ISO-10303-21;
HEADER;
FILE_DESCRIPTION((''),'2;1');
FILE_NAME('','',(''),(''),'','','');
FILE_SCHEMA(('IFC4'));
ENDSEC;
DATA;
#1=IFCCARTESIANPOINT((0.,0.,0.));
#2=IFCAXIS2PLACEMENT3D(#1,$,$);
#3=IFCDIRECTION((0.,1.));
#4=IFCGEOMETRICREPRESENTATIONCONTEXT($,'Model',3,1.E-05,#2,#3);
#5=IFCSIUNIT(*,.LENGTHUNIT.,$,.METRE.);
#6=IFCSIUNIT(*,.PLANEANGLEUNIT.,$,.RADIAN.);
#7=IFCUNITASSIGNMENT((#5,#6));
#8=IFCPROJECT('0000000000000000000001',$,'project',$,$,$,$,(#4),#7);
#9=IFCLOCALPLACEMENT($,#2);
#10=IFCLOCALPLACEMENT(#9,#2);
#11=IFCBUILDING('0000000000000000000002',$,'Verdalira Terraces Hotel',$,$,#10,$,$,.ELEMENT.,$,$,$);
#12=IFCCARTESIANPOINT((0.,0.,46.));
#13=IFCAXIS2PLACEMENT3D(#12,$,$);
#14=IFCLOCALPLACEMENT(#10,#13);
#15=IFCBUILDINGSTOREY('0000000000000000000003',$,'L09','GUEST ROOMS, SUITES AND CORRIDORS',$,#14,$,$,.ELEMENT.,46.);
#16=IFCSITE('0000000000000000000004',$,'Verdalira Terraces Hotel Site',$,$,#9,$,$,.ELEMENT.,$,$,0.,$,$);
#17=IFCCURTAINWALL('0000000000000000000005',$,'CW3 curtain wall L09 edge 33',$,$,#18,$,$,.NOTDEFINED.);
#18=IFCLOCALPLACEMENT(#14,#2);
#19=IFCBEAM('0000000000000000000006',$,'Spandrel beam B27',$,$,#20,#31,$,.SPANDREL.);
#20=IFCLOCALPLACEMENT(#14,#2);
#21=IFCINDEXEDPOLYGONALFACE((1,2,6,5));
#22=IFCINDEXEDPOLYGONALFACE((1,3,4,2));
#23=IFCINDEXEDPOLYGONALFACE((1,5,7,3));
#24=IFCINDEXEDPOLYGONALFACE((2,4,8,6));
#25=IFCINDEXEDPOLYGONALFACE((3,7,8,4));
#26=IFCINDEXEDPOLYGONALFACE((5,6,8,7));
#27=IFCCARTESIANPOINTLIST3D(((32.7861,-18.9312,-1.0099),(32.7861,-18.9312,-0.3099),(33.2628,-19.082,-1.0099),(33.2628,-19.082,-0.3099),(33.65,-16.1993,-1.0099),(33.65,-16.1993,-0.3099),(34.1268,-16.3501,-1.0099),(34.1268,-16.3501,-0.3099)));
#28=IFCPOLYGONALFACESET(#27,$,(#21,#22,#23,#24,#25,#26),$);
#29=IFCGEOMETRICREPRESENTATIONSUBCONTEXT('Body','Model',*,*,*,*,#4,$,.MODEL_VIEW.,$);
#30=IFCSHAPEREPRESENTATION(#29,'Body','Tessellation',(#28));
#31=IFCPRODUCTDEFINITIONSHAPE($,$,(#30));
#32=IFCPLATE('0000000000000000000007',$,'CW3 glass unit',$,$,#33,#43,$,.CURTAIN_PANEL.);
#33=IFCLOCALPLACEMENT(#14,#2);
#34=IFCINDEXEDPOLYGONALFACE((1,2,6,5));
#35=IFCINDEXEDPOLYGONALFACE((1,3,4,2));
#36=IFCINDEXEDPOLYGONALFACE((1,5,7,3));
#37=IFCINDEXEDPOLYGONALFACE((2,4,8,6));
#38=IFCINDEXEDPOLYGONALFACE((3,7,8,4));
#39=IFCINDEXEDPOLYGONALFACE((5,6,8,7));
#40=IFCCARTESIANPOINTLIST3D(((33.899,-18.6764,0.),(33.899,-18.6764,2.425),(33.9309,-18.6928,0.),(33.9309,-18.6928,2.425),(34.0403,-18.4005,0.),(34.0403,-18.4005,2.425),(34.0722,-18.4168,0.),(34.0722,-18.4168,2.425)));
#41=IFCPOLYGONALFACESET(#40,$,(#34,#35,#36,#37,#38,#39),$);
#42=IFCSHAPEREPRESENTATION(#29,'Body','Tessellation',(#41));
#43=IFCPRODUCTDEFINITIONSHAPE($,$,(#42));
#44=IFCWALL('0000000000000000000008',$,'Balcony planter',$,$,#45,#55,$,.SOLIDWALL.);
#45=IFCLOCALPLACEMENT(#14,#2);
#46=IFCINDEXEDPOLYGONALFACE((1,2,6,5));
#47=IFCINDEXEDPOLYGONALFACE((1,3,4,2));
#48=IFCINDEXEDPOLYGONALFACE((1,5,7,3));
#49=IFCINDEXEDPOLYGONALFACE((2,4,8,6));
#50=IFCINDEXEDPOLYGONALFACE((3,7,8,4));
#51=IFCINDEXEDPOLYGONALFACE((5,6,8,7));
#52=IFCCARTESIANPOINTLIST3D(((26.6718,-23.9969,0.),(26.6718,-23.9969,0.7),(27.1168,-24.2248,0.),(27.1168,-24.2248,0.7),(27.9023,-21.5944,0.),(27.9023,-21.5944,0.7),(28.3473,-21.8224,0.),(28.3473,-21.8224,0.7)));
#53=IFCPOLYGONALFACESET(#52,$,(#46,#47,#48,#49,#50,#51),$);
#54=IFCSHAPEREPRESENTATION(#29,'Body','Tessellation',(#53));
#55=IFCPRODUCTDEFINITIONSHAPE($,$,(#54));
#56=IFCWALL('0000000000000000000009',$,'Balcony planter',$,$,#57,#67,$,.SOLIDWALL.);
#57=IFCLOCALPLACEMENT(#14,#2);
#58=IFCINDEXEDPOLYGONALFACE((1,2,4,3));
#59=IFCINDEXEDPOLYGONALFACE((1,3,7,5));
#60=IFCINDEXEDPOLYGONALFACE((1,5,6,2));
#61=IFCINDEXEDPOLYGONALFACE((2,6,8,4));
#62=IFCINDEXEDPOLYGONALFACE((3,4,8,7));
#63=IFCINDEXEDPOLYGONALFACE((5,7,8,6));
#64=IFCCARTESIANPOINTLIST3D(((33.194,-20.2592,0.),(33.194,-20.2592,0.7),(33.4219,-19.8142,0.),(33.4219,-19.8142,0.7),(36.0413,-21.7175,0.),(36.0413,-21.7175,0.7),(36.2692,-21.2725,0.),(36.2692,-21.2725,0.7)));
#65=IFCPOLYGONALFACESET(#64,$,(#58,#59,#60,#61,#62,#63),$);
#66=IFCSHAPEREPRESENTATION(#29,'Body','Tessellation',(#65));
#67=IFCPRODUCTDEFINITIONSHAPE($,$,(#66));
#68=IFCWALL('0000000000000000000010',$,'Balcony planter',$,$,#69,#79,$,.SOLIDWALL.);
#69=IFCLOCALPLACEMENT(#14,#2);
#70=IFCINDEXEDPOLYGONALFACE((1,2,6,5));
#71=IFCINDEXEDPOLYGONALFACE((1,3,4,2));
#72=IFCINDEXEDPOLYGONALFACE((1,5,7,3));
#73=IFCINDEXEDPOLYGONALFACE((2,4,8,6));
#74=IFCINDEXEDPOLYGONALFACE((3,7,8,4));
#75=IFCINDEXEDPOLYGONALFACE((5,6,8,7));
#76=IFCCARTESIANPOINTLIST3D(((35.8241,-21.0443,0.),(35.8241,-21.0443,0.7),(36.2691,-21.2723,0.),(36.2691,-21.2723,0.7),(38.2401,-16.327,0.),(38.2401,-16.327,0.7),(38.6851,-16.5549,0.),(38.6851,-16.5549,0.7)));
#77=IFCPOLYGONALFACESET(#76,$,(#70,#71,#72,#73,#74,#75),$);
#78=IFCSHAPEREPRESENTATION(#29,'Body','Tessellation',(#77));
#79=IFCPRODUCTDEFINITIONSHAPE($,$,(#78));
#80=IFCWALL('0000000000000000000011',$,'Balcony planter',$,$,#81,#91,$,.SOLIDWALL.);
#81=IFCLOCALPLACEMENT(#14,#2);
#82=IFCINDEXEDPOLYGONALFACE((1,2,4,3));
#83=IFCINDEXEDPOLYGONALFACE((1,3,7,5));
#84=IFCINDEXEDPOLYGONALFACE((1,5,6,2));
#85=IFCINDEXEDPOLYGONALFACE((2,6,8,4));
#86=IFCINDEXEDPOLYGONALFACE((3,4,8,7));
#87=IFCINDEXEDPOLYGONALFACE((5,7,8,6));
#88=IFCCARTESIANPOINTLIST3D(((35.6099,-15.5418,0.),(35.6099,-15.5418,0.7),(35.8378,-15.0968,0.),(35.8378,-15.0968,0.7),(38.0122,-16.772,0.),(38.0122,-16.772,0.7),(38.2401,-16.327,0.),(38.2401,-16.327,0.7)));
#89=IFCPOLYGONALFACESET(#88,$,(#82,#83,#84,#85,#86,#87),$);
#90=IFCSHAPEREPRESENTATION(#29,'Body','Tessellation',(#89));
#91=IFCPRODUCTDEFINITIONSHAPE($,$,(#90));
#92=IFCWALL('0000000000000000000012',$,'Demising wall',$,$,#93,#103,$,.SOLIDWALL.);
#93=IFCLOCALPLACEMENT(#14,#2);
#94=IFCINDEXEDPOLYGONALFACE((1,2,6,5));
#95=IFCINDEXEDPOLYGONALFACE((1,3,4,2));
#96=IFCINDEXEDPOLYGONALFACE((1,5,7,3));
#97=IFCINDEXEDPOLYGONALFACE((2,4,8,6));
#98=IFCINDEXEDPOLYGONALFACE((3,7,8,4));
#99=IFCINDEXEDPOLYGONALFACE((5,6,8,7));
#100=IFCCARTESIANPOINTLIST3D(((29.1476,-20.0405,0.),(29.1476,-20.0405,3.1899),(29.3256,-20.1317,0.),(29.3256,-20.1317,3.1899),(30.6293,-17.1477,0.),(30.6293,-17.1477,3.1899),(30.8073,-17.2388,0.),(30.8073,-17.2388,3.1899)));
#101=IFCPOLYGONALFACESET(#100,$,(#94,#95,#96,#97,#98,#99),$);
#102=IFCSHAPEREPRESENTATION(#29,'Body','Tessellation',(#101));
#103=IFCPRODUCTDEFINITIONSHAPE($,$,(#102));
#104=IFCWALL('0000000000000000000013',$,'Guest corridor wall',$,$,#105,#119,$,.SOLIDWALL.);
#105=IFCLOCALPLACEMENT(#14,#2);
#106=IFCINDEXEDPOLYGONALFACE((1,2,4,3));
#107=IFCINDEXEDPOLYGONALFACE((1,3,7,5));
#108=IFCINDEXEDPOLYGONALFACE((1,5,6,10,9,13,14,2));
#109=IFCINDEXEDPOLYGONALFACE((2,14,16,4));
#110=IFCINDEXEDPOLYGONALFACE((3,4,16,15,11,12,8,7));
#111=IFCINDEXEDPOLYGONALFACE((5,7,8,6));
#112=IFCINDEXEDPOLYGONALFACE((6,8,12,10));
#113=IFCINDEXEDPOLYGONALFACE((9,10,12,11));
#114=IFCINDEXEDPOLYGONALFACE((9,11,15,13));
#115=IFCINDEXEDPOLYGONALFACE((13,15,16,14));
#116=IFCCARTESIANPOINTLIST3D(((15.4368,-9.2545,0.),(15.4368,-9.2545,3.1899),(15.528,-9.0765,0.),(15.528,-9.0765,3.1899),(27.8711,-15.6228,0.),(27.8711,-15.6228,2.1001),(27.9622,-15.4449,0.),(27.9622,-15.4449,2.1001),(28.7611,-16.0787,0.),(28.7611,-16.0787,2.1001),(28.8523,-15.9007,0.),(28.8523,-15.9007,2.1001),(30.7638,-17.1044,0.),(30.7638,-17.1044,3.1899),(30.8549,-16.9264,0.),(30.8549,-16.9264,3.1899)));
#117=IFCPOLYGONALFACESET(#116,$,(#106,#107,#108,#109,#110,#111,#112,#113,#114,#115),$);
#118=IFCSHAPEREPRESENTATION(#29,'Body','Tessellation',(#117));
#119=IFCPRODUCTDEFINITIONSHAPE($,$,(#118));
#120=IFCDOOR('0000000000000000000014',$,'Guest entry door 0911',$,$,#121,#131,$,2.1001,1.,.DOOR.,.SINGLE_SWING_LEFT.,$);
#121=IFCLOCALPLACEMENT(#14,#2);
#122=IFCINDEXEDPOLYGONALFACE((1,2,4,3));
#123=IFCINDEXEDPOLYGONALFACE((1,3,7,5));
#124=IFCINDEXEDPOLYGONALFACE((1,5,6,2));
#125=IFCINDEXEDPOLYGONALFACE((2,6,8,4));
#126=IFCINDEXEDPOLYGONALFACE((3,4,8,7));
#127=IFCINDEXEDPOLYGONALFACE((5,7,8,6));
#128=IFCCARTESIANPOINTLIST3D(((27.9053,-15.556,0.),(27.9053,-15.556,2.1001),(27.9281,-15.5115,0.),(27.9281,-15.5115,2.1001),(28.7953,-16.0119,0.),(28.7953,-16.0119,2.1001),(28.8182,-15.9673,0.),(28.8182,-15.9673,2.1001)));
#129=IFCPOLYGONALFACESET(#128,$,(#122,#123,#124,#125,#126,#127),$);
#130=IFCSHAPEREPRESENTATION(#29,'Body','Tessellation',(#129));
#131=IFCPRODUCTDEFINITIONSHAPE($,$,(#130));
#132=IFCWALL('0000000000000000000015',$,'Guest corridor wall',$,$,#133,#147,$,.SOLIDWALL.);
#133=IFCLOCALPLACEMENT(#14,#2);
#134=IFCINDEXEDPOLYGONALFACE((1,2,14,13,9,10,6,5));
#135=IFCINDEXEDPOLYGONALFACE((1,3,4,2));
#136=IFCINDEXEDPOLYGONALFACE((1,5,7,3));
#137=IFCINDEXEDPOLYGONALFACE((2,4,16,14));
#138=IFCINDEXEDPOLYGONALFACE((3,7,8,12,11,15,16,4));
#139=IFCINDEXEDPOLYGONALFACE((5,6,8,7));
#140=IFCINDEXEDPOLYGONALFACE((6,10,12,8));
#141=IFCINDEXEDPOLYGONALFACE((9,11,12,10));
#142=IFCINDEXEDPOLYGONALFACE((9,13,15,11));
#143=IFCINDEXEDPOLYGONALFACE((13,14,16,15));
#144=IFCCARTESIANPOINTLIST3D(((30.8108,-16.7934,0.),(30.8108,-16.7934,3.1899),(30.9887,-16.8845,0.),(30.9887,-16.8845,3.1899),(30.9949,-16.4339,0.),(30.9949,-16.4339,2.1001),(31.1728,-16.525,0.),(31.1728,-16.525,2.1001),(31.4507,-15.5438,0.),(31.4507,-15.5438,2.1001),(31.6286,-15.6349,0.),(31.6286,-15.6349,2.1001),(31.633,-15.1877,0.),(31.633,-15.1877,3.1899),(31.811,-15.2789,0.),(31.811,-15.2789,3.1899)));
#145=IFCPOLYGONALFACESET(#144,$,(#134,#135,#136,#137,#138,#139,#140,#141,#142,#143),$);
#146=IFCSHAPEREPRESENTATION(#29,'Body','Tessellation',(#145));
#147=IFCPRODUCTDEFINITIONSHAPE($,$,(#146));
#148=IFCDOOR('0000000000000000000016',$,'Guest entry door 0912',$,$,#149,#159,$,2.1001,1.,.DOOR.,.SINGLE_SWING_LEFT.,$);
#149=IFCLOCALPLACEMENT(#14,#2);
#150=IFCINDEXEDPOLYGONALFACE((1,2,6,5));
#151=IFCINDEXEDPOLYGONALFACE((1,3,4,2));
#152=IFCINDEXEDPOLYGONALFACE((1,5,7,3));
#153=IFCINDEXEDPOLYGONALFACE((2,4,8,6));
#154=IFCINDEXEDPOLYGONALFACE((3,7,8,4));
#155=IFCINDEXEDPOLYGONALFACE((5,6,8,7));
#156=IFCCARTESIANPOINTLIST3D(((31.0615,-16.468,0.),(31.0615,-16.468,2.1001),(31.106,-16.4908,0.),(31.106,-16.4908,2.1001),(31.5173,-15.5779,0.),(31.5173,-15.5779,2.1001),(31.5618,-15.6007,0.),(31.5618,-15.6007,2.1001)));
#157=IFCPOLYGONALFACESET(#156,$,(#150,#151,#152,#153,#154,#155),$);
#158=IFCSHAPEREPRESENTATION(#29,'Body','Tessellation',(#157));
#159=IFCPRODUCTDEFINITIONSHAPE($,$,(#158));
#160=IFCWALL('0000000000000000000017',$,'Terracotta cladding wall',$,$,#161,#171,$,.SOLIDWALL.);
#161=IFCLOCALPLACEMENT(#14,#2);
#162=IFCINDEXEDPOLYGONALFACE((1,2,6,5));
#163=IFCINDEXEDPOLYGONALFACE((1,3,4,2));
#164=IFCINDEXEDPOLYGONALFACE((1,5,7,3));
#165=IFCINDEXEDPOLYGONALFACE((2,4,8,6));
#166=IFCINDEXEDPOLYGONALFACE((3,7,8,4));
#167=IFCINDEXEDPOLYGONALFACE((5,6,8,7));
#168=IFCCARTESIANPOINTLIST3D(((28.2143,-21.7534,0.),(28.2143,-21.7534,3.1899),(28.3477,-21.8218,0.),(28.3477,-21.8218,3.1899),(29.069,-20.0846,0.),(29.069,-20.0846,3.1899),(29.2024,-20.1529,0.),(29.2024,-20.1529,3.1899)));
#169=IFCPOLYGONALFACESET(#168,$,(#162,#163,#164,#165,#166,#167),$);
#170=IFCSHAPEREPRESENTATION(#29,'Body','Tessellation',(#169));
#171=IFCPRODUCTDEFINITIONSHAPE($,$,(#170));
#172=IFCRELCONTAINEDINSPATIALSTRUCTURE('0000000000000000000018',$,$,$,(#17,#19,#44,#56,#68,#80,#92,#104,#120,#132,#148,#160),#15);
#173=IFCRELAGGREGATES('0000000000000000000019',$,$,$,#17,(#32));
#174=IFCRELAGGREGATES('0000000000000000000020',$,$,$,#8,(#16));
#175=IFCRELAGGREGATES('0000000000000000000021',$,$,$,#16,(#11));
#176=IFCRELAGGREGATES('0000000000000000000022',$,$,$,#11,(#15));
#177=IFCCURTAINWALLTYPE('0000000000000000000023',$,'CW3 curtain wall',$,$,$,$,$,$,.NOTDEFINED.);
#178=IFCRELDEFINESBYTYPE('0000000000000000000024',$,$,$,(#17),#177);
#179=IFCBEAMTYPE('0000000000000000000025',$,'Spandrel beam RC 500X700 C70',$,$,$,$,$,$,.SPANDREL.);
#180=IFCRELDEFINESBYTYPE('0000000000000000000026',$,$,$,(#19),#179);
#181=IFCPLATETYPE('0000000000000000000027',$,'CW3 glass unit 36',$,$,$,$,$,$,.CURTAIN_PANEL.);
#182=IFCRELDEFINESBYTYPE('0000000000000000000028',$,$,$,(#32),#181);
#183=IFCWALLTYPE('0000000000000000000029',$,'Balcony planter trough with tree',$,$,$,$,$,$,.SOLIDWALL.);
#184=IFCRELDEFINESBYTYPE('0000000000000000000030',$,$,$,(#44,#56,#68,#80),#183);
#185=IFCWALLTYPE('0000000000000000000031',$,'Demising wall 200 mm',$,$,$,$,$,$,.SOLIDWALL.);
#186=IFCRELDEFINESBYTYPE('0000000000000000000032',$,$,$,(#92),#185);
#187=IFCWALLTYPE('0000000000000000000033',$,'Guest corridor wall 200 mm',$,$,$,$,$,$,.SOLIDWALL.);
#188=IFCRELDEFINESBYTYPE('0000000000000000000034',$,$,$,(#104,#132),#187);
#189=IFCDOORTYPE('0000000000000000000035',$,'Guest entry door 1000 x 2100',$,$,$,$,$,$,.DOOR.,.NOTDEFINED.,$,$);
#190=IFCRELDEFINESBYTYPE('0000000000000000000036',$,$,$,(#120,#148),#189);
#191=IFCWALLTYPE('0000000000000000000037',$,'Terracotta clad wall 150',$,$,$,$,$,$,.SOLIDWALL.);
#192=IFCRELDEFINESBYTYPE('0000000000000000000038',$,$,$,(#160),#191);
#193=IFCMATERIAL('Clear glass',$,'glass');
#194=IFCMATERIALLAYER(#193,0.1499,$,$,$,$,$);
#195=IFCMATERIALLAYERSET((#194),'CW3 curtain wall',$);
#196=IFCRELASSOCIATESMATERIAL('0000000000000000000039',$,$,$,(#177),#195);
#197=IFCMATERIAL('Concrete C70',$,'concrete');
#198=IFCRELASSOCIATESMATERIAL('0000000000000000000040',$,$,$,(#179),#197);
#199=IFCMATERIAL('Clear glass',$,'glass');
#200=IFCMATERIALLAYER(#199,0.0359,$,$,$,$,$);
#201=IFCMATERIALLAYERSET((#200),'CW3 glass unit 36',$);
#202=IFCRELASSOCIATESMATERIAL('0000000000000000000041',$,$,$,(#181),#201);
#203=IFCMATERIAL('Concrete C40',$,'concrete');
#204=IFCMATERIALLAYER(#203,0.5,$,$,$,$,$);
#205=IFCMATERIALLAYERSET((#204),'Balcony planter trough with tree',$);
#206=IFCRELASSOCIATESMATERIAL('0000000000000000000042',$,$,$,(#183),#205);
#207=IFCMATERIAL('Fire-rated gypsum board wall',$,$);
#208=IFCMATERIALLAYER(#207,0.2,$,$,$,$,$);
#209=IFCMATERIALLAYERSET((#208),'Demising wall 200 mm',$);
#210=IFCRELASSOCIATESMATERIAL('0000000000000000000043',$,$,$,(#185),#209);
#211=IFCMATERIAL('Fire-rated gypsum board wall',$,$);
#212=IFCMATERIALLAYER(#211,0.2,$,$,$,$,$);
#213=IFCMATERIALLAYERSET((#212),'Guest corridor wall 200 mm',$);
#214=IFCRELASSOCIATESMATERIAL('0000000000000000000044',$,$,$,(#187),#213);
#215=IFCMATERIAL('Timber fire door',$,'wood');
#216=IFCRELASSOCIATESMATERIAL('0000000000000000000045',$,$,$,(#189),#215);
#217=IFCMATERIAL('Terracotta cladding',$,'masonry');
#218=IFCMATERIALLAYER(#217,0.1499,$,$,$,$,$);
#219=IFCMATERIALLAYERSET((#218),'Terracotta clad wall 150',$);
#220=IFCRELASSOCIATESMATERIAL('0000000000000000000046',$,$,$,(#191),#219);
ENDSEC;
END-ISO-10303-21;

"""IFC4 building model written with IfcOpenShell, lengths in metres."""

from ifc_helpers import new_model, si_unit, direction, frame, frame_2d, origin, origin_2d, place, context, subcontext, project, spatial, rectangle, extrude, material, layer, layer_set, material_profile, profile_set, type_object, element, fill, aggregate, save


model = new_model("IFC4")

# Units and contexts
model_context = context("Model", 3, precision=1e-05, world=origin(), true_north=direction((0.0, 1.0)))
body_context = subcontext(model_context, "Body", "Model", "MODEL_VIEW")
ifc_project = project(units=[si_unit("LENGTHUNIT", "METRE"), si_unit("PLANEANGLEUNIT", "RADIAN")], contexts=[model_context])

# Site, building, storey
site_placement = place(None, origin())
site = spatial("IfcSite", under=ifc_project, at=site_placement, Name="Verdalira Terraces Hotel Site", CompositionType="ELEMENT", RefElevation=0.0)
building_placement = place(site_placement, origin())
building = spatial("IfcBuilding", under=site, at=building_placement, Name="Verdalira Terraces Hotel", CompositionType="ELEMENT")
storey_placement = place(building_placement, frame((0.0, 0.0, 46.0)))
storey = spatial("IfcBuildingStorey", under=building, at=storey_placement, Name="L09", Description="GUEST ROOMS, SUITES AND CORRIDORS", CompositionType="ELEMENT", Elevation=46.0)

# Curtain wall
ifc_material_1 = material(Name="Clear glass", Category="glass")
ifc_layer_1 = layer(ifc_material_1, 0.1499)
ifc_layer_set_1 = layer_set([ifc_layer_1], Name="CW3 curtain wall")
curtain_wall_type_1 = type_object("IfcCurtainWallType", Name="CW3 curtain wall", PredefinedType="NOTDEFINED", material=ifc_layer_set_1)
curtain_wall_1_placement = place(storey_placement, origin())
curtain_wall_1 = element("IfcCurtainWall", 1, at=curtain_wall_1_placement, inside=storey, type_object=curtain_wall_type_1, Name="CW3 curtain wall L09 edge 33", PredefinedType="NOTDEFINED")

# Beam
ifc_material_2 = material(Name="Concrete C70", Category="concrete")
ifc_material_profile_1 = material_profile(ifc_material_2, rectangle(XDim=0.5, YDim=0.7, at=origin_2d()), Name="RC 500X700")
ifc_profile_set_1 = profile_set([ifc_material_profile_1], Name="Concrete C70")
beam_type_1 = type_object("IfcBeamType", Name="Spandrel beam RC 500X700 C70", PredefinedType="SPANDREL", material=ifc_profile_set_1)
beam_1_placement = place(storey_placement, frame((33.0244, -19.0066, -0.6599), z_axis=(0.301543, 0.953453, 0.0), x_axis=(-0.953453, 0.301543, 0.0)))
element("IfcBeam", 2, at=beam_1_placement, inside=storey, type_object=beam_type_1, Name="Spandrel beam B27", PredefinedType="SPANDREL", context=body_context, shape_type="SweptSolid", body=[
    extrude(rectangle(XDim=0.5, YDim=0.7, at=origin_2d()), origin(), (0.0, 0.0, 1.0), 2.8652),
])

# Plate
ifc_material_3 = material(Name="Clear glass", Category="glass")
ifc_layer_2 = layer(ifc_material_3, 0.0359)
ifc_layer_set_2 = layer_set([ifc_layer_2], Name="CW3 glass unit 36")
plate_type = type_object("IfcPlateType", Name="CW3 glass unit 36", PredefinedType="CURTAIN_PANEL", material=ifc_layer_set_2)
plate_placement = place(storey_placement, frame((33.9856, -18.5466, 0.0), z_axis=(0.0, 0.0, 1.0), x_axis=(0.455856, 0.890054, 0.0)))
plate = element("IfcPlate", 3, at=plate_placement, type_object=plate_type, Name="CW3 glass unit", PredefinedType="CURTAIN_PANEL", context=body_context, shape_type="SweptSolid", body=[
    extrude(rectangle(XDim=0.3101, YDim=0.0359, at=origin_2d()), origin(), (0.0, 0.0, 1.0), 2.425),
])
aggregate(curtain_wall_1, [plate])

# Walls
ifc_material_4 = material(Name="Concrete C40", Category="concrete")
ifc_layer_3 = layer(ifc_material_4, 0.5)
ifc_layer_set_3 = layer_set([ifc_layer_3], Name="Balcony planter trough with tree")
wall_type_1 = type_object("IfcWallType", Name="Balcony planter trough with tree", PredefinedType="SOLIDWALL", material=ifc_layer_set_3)
wall_1_placement = place(storey_placement, frame((26.8943, -24.1108, 0.0), z_axis=(0.0, 0.0, 1.0), x_axis=(0.455876, 0.890043, 0.0)))
element("IfcWall", 4, at=wall_1_placement, inside=storey, type_object=wall_type_1, Name="Balcony planter", PredefinedType="SOLIDWALL", context=body_context, shape_type="SweptSolid", body=[
    extrude(rectangle(XDim=2.6992, YDim=0.5, at=frame_2d((1.3496, 0.0))), origin(), (0.0, 0.0, 1.0), 0.7),
])
wall_2_placement = place(storey_placement, frame((33.3079, -20.0366, 0.0), z_axis=(0.0, 0.0, 1.0), x_axis=(0.89005, -0.455863, 0.0)))
element("IfcWall", 5, at=wall_2_placement, inside=storey, type_object=wall_type_1, Name="Balcony planter", PredefinedType="SOLIDWALL", context=body_context, shape_type="SweptSolid", body=[
    extrude(rectangle(XDim=3.199, YDim=0.5, at=frame_2d((1.5996, 0.0))), origin(), (0.0, 0.0, 1.0), 0.7),
])
wall_3_placement = place(storey_placement, frame((36.0466, -21.1582, 0.0), z_axis=(0.0, 0.0, 1.0), x_axis=(0.455853, 0.890055, 0.0)))
element("IfcWall", 6, at=wall_3_placement, inside=storey, type_object=wall_type_1, Name="Balcony planter", PredefinedType="SOLIDWALL", context=body_context, shape_type="SweptSolid", body=[
    extrude(rectangle(XDim=5.3, YDim=0.5, at=frame_2d((2.6499, 0.0))), origin(), (0.0, 0.0, 1.0), 0.7),
])
wall_4_placement = place(storey_placement, frame((38.1262, -16.5496, 0.0), z_axis=(0.0, 0.0, 1.0), x_axis=(-0.89008, 0.455804, 0.0)))
element("IfcWall", 7, at=wall_4_placement, inside=storey, type_object=wall_type_1, Name="Balcony planter", PredefinedType="SOLIDWALL", context=body_context, shape_type="SweptSolid", body=[
    extrude(rectangle(XDim=2.699, YDim=0.5, at=frame_2d((1.3496, 0.0))), origin(), (0.0, 0.0, 1.0), 0.7),
])
ifc_material_5 = material(Name="Fire-rated gypsum board wall")
ifc_layer_4 = layer(ifc_material_5, 0.2)
ifc_layer_set_4 = layer_set([ifc_layer_4], Name="Demising wall 200 mm")
wall_type_2 = type_object("IfcWallType", Name="Demising wall 200 mm", PredefinedType="SOLIDWALL", material=ifc_layer_set_4)
wall_5_placement = place(storey_placement, frame((30.7183, -17.1934, 0.0), z_axis=(0.0, 0.0, 1.0), x_axis=(-0.455876, -0.890043, 0.0)))
element("IfcWall", 8, at=wall_5_placement, inside=storey, type_object=wall_type_2, Name="Demising wall", PredefinedType="SOLIDWALL", context=body_context, shape_type="SweptSolid", body=[
    extrude(rectangle(XDim=3.2502, YDim=0.2, at=frame_2d((1.625, 0.0))), origin(), (0.0, 0.0, 1.0), 3.1899),
])

# Walls, openings, doors
ifc_material_6 = material(Name="Fire-rated gypsum board wall")
ifc_layer_5 = layer(ifc_material_6, 0.2)
ifc_layer_set_5 = layer_set([ifc_layer_5], Name="Guest corridor wall 200 mm")
wall_type_3 = type_object("IfcWallType", Name="Guest corridor wall 200 mm", PredefinedType="SOLIDWALL", material=ifc_layer_set_5)
wall_6_placement = place(storey_placement, frame((30.8093, -17.0154, 0.0), z_axis=(0.0, 0.0, 1.0), x_axis=(-0.890055, 0.455852, 0.0)))
wall_6 = element("IfcWall", 9, at=wall_6_placement, inside=storey, type_object=wall_type_3, Name="Guest corridor wall", PredefinedType="SOLIDWALL", context=body_context, shape_type="SweptSolid", body=[
    extrude(rectangle(XDim=17.2202, YDim=0.2, at=frame_2d((8.6101, 0.0))), origin(), (0.0, 0.0, 1.0), 3.1899),
])
opening_1_placement = place(wall_6_placement, frame((2.25, 0.0, 0.0)))
opening_1 = element("IfcOpeningElement", 10, at=opening_1_placement, cuts=wall_6, PredefinedType="OPENING", context=body_context, shape_type="SweptSolid", body=[
    extrude(rectangle(XDim=1.0, YDim=2.1001, at=frame_2d((0.5, 1.05))), frame((0.0, 0.1099, 0.0), z_axis=(0.0, -1.0, 0.0), x_axis=(1.0, 0.0, 0.0)), (0.0, 0.0, 1.0), 0.22),
])
ifc_material_7 = material(Name="Timber fire door", Category="wood")
door_type_1 = type_object("IfcDoorType", Name="Guest entry door 1000 x 2100", OperationType="NOTDEFINED", PredefinedType="DOOR", material=ifc_material_7)
door_1_placement = place(opening_1_placement, origin())
door_1 = element("IfcDoor", 11, at=door_1_placement, inside=storey, type_object=door_type_1, Name="Guest entry door 0911", OperationType="SINGLE_SWING_LEFT", OverallHeight=2.1001, OverallWidth=1.0, PredefinedType="DOOR", context=body_context, shape_type="SweptSolid", body=[
    extrude(rectangle(XDim=1.0, YDim=2.1001, at=frame_2d((0.5, 1.05))), frame((0.0, 0.0249, 0.0), z_axis=(0.0, -1.0, 0.0), x_axis=(1.0, 0.0, 0.0)), (0.0, 0.0, 1.0), 0.05),
])
fill(opening_1, door_1)
wall_7_placement = place(storey_placement, frame((31.7219, -15.2334, 0.0), z_axis=(0.0, 0.0, 1.0), x_axis=(-0.4558, -0.890082, 0.0)))
wall_7 = element("IfcWall", 12, at=wall_7_placement, inside=storey, type_object=wall_type_3, Name="Guest corridor wall", PredefinedType="SOLIDWALL", context=body_context, shape_type="SweptSolid", body=[
    extrude(rectangle(XDim=1.804, YDim=0.2, at=frame_2d((0.9019, 0.0))), origin(), (0.0, 0.0, 1.0), 3.1899),
])
opening_2_placement = place(wall_7_placement, frame((0.3999, 0.0, 0.0)))
opening_2 = element("IfcOpeningElement", 13, at=opening_2_placement, cuts=wall_7, PredefinedType="OPENING", context=body_context, shape_type="SweptSolid", body=[
    extrude(rectangle(XDim=1.0, YDim=2.1001, at=frame_2d((0.5, 1.05))), frame((0.0, 0.1099, 0.0), z_axis=(0.0, -1.0, 0.0), x_axis=(1.0, 0.0, 0.0)), (0.0, 0.0, 1.0), 0.22),
])
door_2_placement = place(opening_2_placement, origin())
door_2 = element("IfcDoor", 14, at=door_2_placement, inside=storey, type_object=door_type_1, Name="Guest entry door 0912", OperationType="SINGLE_SWING_LEFT", OverallHeight=2.1001, OverallWidth=1.0, PredefinedType="DOOR", context=body_context, shape_type="SweptSolid", body=[
    extrude(rectangle(XDim=1.0, YDim=2.1001, at=frame_2d((0.5, 1.05))), frame((0.0, 0.0249, 0.0), z_axis=(0.0, -1.0, 0.0), x_axis=(1.0, 0.0, 0.0)), (0.0, 0.0, 1.0), 0.05),
])
fill(opening_2, door_2)

# Wall
ifc_material_8 = material(Name="Terracotta cladding", Category="masonry")
ifc_layer_6 = layer(ifc_material_8, 0.1499)
ifc_layer_set_6 = layer_set([ifc_layer_6], Name="Terracotta clad wall 150")
wall_type_4 = type_object("IfcWallType", Name="Terracotta clad wall 150", PredefinedType="SOLIDWALL", material=ifc_layer_set_6)
wall_8_placement = place(storey_placement, frame((28.281, -21.7876, 0.0), z_axis=(0.0, 0.0, 1.0), x_axis=(0.455838, 0.890063, 0.0)))
element("IfcWall", 15, at=wall_8_placement, inside=storey, type_object=wall_type_4, Name="Terracotta cladding wall", PredefinedType="SOLIDWALL", context=body_context, shape_type="SweptSolid", body=[
    extrude(rectangle(XDim=1.875, YDim=0.1499, at=frame_2d((0.9375, 0.0))), origin(), (0.0, 0.0, 1.0), 3.1899),
])

save(model, "model.ifc")
